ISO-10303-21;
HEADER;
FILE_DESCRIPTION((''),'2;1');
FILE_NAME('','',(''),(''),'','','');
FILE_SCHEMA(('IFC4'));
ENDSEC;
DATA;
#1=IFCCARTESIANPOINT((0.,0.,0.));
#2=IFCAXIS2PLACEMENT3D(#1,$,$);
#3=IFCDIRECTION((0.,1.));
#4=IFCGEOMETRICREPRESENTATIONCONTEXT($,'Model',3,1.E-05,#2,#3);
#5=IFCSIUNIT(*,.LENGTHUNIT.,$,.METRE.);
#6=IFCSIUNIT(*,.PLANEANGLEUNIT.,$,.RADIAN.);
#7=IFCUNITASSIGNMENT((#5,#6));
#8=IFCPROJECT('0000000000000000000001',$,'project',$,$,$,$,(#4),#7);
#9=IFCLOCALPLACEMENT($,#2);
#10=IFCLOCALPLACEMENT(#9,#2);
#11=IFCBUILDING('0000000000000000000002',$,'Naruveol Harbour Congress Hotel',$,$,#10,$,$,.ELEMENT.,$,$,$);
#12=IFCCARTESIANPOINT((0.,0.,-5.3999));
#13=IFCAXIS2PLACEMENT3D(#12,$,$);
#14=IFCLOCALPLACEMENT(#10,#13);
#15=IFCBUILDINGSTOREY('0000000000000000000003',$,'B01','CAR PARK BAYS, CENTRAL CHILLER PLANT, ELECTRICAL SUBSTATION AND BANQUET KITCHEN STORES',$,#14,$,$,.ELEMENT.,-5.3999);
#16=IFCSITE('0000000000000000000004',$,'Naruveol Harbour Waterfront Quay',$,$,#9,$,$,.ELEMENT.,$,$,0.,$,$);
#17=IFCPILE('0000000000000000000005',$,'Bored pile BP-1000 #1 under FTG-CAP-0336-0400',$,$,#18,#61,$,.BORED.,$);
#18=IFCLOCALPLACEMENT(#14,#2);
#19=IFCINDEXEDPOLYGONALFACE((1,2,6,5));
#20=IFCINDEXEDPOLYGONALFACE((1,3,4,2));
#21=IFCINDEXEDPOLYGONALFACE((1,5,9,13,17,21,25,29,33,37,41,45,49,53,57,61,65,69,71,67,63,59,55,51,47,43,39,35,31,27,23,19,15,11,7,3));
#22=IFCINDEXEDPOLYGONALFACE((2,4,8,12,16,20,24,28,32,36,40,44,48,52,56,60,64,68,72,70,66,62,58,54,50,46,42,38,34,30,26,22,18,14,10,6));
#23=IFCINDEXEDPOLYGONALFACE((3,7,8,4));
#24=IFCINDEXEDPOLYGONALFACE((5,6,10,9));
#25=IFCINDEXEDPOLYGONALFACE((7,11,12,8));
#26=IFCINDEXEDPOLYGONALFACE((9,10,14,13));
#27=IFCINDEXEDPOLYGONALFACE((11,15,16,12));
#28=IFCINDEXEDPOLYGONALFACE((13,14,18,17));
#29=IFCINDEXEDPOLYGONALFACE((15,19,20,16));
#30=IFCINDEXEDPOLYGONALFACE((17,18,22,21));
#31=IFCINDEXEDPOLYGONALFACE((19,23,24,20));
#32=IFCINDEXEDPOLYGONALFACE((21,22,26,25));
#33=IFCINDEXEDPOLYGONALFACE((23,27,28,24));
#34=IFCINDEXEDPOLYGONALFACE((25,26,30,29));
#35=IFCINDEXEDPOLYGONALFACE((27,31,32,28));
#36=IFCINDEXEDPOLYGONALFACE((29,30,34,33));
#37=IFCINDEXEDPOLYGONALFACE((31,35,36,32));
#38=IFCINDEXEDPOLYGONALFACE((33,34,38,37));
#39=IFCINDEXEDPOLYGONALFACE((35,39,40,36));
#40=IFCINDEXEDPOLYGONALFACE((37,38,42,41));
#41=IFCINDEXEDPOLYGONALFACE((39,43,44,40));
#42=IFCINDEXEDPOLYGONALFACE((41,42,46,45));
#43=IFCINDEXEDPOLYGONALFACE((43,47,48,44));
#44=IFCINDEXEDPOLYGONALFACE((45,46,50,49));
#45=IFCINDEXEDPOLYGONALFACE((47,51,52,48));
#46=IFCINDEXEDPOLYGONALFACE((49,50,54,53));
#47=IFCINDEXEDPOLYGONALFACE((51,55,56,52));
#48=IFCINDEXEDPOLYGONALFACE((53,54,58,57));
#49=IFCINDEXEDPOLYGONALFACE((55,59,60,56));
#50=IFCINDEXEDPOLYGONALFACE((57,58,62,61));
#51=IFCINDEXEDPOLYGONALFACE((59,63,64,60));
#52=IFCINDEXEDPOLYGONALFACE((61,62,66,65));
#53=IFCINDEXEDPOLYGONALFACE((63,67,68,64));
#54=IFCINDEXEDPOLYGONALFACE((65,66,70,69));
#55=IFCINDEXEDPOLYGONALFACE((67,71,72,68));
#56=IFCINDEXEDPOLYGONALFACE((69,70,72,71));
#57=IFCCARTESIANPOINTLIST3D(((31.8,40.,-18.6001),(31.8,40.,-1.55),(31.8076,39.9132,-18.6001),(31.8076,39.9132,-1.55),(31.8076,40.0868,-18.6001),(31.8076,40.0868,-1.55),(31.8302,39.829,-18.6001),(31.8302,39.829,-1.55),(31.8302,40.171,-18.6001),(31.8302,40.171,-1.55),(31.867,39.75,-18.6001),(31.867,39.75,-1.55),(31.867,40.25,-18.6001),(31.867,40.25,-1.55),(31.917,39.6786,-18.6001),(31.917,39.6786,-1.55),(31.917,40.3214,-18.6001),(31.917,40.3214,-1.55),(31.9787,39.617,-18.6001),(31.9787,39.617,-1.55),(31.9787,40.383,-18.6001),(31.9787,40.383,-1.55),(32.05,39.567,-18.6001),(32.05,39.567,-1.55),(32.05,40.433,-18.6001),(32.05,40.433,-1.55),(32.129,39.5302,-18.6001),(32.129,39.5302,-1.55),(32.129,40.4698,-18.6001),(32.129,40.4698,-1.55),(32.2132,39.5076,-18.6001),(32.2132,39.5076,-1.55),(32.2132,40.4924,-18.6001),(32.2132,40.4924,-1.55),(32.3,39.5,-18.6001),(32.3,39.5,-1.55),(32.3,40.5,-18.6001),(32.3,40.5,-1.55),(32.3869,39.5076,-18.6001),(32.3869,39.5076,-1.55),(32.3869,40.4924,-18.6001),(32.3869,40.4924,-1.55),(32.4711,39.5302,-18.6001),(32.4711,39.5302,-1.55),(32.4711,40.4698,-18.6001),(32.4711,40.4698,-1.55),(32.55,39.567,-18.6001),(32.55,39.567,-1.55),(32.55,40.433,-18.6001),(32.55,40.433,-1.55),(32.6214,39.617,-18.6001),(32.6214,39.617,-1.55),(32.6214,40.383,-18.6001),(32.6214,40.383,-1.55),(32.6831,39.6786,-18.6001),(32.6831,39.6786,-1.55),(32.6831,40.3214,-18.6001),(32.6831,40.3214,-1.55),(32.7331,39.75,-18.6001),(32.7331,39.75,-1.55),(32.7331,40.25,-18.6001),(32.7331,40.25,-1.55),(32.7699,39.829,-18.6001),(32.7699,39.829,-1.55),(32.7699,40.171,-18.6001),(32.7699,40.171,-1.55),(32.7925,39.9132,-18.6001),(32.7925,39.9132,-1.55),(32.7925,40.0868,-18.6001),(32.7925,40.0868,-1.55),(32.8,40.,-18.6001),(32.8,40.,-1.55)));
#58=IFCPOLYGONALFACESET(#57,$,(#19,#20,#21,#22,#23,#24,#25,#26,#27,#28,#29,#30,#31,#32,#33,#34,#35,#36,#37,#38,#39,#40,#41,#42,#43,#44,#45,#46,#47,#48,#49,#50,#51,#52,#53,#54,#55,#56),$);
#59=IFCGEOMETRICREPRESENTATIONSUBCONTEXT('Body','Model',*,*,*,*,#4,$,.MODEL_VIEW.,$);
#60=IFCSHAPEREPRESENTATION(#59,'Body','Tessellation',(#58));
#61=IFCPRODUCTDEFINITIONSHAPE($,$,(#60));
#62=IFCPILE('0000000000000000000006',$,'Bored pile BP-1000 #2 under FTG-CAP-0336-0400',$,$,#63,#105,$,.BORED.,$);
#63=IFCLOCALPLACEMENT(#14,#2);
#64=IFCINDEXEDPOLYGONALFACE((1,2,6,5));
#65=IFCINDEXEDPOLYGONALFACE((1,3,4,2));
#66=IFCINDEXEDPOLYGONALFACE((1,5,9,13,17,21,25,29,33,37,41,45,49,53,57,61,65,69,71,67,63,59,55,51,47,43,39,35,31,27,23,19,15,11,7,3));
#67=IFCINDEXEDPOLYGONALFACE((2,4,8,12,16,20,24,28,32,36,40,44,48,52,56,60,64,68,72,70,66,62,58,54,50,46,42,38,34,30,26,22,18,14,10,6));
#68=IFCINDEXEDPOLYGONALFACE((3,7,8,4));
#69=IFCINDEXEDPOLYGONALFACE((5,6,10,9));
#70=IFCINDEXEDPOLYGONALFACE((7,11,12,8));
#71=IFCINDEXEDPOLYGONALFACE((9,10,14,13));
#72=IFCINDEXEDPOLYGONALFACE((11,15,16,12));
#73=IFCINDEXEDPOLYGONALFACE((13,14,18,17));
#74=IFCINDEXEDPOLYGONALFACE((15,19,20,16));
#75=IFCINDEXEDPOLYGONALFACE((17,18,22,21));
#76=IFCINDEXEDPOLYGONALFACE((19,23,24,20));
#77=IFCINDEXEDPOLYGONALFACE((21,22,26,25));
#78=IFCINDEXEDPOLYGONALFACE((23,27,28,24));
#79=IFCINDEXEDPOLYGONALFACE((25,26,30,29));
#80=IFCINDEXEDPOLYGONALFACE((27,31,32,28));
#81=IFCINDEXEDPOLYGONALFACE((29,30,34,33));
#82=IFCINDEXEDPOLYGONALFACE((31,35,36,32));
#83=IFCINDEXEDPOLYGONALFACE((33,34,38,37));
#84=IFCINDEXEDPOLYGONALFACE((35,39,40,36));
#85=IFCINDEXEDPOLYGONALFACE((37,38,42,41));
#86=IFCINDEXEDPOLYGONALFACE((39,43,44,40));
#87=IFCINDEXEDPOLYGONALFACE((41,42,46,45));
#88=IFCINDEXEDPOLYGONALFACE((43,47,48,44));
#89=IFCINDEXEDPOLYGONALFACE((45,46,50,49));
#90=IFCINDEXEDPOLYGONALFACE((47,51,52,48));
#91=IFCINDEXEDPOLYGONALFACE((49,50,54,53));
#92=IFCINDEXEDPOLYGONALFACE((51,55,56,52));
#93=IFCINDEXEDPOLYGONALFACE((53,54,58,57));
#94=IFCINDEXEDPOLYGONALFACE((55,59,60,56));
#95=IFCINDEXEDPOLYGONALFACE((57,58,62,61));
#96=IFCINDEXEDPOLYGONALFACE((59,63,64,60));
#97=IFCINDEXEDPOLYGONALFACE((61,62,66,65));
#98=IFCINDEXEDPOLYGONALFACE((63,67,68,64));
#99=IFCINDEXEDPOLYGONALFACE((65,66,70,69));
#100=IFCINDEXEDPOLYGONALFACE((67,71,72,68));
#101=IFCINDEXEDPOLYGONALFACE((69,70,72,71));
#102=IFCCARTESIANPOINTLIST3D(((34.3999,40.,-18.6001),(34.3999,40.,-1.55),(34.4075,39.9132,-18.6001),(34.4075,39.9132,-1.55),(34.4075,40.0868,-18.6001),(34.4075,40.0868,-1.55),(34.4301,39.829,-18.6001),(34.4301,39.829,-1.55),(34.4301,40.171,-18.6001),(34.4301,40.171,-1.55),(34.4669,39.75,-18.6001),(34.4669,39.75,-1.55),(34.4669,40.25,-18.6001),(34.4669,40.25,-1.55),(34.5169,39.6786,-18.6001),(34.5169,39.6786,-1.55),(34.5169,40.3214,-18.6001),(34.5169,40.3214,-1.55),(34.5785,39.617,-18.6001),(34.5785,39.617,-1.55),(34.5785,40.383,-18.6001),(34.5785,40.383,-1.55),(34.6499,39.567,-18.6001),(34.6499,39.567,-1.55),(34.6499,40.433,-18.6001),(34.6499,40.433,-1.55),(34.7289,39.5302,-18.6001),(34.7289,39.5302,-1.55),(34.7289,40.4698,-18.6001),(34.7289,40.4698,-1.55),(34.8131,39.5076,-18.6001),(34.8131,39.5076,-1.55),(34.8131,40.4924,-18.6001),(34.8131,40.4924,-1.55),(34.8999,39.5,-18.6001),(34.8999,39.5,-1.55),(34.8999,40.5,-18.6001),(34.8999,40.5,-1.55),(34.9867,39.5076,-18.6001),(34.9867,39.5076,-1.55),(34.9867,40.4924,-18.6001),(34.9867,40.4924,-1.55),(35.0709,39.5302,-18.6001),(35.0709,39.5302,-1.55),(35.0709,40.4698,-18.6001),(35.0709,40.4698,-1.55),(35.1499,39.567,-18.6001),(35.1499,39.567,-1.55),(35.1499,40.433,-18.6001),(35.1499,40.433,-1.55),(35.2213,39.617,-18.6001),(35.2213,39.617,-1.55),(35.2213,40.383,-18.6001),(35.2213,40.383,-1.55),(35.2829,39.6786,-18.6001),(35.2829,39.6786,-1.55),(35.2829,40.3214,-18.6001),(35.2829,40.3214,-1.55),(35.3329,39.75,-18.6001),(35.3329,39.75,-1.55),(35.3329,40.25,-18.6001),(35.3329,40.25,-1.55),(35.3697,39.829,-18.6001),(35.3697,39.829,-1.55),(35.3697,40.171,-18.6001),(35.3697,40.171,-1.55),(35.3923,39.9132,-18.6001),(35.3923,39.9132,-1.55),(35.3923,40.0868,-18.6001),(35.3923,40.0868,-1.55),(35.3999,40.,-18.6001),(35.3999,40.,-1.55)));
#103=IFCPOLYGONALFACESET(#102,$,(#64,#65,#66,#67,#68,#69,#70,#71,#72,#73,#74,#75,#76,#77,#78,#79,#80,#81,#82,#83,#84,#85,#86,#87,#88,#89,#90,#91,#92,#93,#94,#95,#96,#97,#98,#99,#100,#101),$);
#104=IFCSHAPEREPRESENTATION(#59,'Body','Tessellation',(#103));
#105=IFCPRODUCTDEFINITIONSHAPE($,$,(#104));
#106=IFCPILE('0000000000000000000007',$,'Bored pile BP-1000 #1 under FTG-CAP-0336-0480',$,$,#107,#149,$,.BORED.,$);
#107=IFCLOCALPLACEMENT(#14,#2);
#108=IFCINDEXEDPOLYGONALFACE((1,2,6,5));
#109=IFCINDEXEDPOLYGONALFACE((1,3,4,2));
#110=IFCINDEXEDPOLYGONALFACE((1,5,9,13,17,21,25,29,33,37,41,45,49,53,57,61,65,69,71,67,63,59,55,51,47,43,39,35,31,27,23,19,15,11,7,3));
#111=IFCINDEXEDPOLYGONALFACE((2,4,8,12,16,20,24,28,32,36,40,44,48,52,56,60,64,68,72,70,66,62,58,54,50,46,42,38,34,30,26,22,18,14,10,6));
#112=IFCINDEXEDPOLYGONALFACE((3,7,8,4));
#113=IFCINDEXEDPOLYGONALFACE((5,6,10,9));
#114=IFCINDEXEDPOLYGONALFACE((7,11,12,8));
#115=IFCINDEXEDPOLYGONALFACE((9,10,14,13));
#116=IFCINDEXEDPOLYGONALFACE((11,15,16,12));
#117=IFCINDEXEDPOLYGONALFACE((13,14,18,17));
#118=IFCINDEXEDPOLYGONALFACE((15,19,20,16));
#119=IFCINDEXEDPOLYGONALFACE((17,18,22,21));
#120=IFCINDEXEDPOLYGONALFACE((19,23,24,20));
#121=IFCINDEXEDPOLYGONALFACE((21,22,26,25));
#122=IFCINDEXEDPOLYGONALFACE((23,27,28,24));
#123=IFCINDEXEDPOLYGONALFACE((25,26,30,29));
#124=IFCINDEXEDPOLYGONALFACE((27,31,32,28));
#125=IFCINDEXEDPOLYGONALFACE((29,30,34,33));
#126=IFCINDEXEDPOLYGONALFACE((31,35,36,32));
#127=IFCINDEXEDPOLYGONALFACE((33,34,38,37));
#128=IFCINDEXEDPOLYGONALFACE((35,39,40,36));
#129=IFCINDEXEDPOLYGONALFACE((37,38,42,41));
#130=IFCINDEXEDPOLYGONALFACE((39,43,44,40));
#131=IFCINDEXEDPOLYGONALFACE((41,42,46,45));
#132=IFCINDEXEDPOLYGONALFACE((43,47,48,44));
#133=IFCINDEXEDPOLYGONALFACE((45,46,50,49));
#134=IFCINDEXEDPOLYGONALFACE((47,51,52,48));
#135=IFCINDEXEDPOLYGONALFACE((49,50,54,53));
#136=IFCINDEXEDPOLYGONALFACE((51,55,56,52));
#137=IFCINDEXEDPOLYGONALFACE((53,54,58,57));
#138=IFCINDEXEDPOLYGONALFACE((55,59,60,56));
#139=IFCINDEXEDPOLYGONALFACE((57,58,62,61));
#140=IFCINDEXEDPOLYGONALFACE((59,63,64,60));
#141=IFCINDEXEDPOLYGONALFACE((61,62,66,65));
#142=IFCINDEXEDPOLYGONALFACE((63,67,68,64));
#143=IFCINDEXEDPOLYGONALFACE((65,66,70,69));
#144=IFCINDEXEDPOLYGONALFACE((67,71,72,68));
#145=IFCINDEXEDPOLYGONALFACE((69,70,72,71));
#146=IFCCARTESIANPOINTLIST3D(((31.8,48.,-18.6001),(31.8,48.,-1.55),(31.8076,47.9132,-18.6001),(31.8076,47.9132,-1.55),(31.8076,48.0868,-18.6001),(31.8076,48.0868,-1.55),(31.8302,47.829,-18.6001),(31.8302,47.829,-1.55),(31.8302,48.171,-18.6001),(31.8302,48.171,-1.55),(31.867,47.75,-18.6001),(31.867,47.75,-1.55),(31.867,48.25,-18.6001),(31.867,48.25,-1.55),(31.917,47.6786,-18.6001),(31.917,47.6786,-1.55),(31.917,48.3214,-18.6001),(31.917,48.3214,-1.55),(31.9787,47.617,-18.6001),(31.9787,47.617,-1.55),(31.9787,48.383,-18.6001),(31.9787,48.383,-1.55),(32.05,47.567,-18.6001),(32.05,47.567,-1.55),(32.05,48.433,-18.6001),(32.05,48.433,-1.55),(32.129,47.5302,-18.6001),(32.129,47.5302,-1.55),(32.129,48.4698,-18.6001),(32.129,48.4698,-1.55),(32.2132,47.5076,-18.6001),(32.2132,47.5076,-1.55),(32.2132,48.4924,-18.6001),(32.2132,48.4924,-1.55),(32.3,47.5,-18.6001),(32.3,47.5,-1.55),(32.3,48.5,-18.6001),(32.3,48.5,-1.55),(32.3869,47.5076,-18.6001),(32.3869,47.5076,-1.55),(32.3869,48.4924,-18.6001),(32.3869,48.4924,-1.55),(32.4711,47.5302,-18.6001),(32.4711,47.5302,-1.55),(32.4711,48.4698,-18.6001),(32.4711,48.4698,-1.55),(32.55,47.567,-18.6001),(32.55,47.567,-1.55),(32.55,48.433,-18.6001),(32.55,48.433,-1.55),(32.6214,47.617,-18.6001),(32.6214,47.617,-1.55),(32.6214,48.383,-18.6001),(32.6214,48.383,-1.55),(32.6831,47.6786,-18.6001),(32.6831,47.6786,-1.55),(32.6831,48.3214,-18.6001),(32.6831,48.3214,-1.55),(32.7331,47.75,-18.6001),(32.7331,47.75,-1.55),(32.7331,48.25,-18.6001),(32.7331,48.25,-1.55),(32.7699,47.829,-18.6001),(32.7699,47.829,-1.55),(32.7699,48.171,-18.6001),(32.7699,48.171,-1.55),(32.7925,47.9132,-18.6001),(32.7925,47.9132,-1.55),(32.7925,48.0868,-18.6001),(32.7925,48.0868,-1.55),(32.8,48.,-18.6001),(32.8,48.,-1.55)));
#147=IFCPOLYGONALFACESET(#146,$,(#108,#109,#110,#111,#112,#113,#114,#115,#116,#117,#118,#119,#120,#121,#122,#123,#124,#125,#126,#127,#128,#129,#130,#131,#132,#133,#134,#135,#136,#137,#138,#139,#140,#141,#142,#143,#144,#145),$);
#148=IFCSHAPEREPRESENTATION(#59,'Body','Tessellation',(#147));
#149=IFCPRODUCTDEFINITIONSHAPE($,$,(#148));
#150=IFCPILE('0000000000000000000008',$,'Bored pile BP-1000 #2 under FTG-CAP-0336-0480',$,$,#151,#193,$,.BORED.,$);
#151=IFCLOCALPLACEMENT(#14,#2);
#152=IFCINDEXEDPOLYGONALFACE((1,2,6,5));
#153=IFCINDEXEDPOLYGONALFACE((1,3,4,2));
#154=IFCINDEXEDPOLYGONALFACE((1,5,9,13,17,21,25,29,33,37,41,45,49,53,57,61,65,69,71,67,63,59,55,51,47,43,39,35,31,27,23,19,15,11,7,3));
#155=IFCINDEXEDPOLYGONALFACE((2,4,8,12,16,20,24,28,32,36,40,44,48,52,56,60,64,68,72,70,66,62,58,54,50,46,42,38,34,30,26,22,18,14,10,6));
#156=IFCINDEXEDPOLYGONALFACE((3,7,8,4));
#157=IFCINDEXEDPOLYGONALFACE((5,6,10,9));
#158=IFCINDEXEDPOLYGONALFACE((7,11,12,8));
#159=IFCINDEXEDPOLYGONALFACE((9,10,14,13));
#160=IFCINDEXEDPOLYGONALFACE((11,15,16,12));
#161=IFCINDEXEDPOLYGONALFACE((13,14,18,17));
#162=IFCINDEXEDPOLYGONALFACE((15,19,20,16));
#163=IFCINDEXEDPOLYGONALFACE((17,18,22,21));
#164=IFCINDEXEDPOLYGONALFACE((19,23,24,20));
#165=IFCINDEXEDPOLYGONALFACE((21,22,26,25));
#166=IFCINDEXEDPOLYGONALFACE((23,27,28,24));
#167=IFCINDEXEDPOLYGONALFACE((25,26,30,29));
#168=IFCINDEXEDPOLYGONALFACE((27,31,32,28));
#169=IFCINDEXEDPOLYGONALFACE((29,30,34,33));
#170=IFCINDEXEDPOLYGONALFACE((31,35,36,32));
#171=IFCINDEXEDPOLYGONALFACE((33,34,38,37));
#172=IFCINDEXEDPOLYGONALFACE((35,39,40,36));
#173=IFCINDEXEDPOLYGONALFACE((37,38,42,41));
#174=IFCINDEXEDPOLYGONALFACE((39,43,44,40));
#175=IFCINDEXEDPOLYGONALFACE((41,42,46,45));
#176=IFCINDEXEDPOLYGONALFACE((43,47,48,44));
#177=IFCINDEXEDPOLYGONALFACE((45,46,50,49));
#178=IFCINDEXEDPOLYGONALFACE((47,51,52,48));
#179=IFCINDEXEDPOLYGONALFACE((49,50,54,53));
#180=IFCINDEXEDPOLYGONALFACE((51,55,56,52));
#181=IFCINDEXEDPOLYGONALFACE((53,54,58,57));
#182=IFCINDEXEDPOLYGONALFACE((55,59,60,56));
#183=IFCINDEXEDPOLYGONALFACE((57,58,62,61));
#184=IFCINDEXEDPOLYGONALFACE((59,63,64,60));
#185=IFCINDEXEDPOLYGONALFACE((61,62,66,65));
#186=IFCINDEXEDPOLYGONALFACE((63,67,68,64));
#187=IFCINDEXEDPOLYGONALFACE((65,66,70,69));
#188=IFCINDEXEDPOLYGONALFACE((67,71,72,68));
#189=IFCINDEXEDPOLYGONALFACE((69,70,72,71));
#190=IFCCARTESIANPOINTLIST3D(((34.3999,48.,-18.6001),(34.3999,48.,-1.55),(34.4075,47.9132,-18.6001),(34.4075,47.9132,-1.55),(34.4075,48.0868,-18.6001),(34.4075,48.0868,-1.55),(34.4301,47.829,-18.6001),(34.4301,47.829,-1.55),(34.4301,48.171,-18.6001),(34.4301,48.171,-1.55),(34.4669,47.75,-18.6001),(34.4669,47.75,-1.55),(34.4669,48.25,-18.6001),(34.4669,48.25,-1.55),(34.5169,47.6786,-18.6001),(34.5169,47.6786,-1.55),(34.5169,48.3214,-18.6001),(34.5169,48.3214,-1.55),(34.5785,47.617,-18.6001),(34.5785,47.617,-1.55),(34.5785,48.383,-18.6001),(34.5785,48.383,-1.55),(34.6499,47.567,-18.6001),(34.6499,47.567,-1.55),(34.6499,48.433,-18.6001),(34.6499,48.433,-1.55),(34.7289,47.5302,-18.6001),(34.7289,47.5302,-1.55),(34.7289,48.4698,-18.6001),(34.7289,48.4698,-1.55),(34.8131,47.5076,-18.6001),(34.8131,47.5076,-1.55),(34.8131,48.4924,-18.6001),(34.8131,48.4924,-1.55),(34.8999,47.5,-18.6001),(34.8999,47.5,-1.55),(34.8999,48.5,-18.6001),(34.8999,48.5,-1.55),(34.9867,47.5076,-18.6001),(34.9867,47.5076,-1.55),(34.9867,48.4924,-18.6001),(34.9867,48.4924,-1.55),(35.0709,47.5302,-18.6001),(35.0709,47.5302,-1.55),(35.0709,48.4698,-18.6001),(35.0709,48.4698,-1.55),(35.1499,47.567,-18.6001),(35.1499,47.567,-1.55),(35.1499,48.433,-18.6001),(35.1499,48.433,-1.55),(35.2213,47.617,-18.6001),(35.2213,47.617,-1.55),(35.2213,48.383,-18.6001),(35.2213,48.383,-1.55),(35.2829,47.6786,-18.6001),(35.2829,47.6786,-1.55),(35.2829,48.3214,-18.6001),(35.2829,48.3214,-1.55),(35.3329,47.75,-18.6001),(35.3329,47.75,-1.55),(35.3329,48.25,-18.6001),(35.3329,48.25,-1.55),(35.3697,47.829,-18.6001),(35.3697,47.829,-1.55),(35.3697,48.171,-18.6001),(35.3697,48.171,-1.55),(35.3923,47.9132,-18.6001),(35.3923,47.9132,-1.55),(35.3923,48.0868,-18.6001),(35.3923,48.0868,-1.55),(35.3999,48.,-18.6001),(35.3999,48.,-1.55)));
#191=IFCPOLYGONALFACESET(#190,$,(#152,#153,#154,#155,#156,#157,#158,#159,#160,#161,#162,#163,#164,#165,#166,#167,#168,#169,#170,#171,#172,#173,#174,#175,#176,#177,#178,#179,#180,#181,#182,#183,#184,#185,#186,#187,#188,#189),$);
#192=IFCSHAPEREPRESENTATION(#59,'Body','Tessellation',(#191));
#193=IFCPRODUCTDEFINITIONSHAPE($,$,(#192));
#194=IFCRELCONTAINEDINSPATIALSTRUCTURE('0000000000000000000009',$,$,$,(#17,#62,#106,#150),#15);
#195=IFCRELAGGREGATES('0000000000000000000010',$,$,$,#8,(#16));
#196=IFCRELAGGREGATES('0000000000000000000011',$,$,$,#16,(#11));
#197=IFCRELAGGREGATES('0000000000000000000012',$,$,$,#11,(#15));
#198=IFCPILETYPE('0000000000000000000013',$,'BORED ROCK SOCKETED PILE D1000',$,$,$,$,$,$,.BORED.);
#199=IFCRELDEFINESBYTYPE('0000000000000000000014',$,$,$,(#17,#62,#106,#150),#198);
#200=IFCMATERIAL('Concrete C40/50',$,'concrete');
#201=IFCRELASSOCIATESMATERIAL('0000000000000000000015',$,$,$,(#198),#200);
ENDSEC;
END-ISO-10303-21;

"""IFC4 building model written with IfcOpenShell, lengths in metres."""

from ifc_helpers import new_model, si_unit, direction, frame, origin, origin_2d, place, context, subcontext, project, spatial, circle, extrude, material, material_profile, profile_set, type_object, element, save


model = new_model("IFC4")

# Units and contexts
model_context = context("Model", 3, precision=1e-05, world=origin(), true_north=direction((0.0, 1.0)))
body_context = subcontext(model_context, "Body", "Model", "MODEL_VIEW")
ifc_project = project(units=[si_unit("LENGTHUNIT", "METRE"), si_unit("PLANEANGLEUNIT", "RADIAN")], contexts=[model_context])

# Site, building, storey
site_placement = place(None, origin())
site = spatial("IfcSite", under=ifc_project, at=site_placement, Name="Naruveol Harbour Waterfront Quay", CompositionType="ELEMENT", RefElevation=0.0)
building_placement = place(site_placement, origin())
building = spatial("IfcBuilding", under=site, at=building_placement, Name="Naruveol Harbour Congress Hotel", CompositionType="ELEMENT")
storey_placement = place(building_placement, frame((0.0, 0.0, -5.3999)))
storey = spatial("IfcBuildingStorey", under=building, at=storey_placement, Name="B01", Description="CAR PARK BAYS, CENTRAL CHILLER PLANT, ELECTRICAL SUBSTATION AND BANQUET KITCHEN STORES", CompositionType="ELEMENT", Elevation=-5.3999)

# Piles
ifc_material_1 = material(Name="Concrete C40/50", Category="concrete")
ifc_material_profile_1 = material_profile(ifc_material_1, circle(Radius=0.5, at=origin_2d()), Name="BP-1000")
ifc_profile_set_1 = profile_set([ifc_material_profile_1], Name="Concrete C40/50")
pile_type = type_object("IfcPileType", Name="BORED ROCK SOCKETED PILE D1000", PredefinedType="BORED", material=ifc_profile_set_1)
for number, where, z_axis, x_axis, name in (
    (1, (32.3, 40.0, -1.55), (0.0, 0.0, -1.0), (1.0, 0.0, 0.0), "Bored pile BP-1000 #1 under FTG-CAP-0336-0400"),
    (2, (34.8999, 40.0, -1.55), (0.0, 0.0, -1.0), (1.0, 0.0, 0.0), "Bored pile BP-1000 #2 under FTG-CAP-0336-0400"),
    (3, (32.3, 48.0, -1.55), (0.0, 0.0, -1.0), (1.0, 0.0, 0.0), "Bored pile BP-1000 #1 under FTG-CAP-0336-0480"),
    (4, (34.8999, 48.0, -1.55), (0.0, 0.0, -1.0), (1.0, 0.0, 0.0), "Bored pile BP-1000 #2 under FTG-CAP-0336-0480"),
):
    element("IfcPile", number, at=place(storey_placement, frame(where, z_axis=z_axis, x_axis=x_axis)), inside=storey, type_object=pile_type, Name=name, PredefinedType="BORED", context=body_context, shape_type="SweptSolid", body=[
        extrude(circle(Radius=0.5, at=origin_2d()), origin(), (0.0, 0.0, 1.0), 17.05),
    ])

save(model, "model.ifc")
